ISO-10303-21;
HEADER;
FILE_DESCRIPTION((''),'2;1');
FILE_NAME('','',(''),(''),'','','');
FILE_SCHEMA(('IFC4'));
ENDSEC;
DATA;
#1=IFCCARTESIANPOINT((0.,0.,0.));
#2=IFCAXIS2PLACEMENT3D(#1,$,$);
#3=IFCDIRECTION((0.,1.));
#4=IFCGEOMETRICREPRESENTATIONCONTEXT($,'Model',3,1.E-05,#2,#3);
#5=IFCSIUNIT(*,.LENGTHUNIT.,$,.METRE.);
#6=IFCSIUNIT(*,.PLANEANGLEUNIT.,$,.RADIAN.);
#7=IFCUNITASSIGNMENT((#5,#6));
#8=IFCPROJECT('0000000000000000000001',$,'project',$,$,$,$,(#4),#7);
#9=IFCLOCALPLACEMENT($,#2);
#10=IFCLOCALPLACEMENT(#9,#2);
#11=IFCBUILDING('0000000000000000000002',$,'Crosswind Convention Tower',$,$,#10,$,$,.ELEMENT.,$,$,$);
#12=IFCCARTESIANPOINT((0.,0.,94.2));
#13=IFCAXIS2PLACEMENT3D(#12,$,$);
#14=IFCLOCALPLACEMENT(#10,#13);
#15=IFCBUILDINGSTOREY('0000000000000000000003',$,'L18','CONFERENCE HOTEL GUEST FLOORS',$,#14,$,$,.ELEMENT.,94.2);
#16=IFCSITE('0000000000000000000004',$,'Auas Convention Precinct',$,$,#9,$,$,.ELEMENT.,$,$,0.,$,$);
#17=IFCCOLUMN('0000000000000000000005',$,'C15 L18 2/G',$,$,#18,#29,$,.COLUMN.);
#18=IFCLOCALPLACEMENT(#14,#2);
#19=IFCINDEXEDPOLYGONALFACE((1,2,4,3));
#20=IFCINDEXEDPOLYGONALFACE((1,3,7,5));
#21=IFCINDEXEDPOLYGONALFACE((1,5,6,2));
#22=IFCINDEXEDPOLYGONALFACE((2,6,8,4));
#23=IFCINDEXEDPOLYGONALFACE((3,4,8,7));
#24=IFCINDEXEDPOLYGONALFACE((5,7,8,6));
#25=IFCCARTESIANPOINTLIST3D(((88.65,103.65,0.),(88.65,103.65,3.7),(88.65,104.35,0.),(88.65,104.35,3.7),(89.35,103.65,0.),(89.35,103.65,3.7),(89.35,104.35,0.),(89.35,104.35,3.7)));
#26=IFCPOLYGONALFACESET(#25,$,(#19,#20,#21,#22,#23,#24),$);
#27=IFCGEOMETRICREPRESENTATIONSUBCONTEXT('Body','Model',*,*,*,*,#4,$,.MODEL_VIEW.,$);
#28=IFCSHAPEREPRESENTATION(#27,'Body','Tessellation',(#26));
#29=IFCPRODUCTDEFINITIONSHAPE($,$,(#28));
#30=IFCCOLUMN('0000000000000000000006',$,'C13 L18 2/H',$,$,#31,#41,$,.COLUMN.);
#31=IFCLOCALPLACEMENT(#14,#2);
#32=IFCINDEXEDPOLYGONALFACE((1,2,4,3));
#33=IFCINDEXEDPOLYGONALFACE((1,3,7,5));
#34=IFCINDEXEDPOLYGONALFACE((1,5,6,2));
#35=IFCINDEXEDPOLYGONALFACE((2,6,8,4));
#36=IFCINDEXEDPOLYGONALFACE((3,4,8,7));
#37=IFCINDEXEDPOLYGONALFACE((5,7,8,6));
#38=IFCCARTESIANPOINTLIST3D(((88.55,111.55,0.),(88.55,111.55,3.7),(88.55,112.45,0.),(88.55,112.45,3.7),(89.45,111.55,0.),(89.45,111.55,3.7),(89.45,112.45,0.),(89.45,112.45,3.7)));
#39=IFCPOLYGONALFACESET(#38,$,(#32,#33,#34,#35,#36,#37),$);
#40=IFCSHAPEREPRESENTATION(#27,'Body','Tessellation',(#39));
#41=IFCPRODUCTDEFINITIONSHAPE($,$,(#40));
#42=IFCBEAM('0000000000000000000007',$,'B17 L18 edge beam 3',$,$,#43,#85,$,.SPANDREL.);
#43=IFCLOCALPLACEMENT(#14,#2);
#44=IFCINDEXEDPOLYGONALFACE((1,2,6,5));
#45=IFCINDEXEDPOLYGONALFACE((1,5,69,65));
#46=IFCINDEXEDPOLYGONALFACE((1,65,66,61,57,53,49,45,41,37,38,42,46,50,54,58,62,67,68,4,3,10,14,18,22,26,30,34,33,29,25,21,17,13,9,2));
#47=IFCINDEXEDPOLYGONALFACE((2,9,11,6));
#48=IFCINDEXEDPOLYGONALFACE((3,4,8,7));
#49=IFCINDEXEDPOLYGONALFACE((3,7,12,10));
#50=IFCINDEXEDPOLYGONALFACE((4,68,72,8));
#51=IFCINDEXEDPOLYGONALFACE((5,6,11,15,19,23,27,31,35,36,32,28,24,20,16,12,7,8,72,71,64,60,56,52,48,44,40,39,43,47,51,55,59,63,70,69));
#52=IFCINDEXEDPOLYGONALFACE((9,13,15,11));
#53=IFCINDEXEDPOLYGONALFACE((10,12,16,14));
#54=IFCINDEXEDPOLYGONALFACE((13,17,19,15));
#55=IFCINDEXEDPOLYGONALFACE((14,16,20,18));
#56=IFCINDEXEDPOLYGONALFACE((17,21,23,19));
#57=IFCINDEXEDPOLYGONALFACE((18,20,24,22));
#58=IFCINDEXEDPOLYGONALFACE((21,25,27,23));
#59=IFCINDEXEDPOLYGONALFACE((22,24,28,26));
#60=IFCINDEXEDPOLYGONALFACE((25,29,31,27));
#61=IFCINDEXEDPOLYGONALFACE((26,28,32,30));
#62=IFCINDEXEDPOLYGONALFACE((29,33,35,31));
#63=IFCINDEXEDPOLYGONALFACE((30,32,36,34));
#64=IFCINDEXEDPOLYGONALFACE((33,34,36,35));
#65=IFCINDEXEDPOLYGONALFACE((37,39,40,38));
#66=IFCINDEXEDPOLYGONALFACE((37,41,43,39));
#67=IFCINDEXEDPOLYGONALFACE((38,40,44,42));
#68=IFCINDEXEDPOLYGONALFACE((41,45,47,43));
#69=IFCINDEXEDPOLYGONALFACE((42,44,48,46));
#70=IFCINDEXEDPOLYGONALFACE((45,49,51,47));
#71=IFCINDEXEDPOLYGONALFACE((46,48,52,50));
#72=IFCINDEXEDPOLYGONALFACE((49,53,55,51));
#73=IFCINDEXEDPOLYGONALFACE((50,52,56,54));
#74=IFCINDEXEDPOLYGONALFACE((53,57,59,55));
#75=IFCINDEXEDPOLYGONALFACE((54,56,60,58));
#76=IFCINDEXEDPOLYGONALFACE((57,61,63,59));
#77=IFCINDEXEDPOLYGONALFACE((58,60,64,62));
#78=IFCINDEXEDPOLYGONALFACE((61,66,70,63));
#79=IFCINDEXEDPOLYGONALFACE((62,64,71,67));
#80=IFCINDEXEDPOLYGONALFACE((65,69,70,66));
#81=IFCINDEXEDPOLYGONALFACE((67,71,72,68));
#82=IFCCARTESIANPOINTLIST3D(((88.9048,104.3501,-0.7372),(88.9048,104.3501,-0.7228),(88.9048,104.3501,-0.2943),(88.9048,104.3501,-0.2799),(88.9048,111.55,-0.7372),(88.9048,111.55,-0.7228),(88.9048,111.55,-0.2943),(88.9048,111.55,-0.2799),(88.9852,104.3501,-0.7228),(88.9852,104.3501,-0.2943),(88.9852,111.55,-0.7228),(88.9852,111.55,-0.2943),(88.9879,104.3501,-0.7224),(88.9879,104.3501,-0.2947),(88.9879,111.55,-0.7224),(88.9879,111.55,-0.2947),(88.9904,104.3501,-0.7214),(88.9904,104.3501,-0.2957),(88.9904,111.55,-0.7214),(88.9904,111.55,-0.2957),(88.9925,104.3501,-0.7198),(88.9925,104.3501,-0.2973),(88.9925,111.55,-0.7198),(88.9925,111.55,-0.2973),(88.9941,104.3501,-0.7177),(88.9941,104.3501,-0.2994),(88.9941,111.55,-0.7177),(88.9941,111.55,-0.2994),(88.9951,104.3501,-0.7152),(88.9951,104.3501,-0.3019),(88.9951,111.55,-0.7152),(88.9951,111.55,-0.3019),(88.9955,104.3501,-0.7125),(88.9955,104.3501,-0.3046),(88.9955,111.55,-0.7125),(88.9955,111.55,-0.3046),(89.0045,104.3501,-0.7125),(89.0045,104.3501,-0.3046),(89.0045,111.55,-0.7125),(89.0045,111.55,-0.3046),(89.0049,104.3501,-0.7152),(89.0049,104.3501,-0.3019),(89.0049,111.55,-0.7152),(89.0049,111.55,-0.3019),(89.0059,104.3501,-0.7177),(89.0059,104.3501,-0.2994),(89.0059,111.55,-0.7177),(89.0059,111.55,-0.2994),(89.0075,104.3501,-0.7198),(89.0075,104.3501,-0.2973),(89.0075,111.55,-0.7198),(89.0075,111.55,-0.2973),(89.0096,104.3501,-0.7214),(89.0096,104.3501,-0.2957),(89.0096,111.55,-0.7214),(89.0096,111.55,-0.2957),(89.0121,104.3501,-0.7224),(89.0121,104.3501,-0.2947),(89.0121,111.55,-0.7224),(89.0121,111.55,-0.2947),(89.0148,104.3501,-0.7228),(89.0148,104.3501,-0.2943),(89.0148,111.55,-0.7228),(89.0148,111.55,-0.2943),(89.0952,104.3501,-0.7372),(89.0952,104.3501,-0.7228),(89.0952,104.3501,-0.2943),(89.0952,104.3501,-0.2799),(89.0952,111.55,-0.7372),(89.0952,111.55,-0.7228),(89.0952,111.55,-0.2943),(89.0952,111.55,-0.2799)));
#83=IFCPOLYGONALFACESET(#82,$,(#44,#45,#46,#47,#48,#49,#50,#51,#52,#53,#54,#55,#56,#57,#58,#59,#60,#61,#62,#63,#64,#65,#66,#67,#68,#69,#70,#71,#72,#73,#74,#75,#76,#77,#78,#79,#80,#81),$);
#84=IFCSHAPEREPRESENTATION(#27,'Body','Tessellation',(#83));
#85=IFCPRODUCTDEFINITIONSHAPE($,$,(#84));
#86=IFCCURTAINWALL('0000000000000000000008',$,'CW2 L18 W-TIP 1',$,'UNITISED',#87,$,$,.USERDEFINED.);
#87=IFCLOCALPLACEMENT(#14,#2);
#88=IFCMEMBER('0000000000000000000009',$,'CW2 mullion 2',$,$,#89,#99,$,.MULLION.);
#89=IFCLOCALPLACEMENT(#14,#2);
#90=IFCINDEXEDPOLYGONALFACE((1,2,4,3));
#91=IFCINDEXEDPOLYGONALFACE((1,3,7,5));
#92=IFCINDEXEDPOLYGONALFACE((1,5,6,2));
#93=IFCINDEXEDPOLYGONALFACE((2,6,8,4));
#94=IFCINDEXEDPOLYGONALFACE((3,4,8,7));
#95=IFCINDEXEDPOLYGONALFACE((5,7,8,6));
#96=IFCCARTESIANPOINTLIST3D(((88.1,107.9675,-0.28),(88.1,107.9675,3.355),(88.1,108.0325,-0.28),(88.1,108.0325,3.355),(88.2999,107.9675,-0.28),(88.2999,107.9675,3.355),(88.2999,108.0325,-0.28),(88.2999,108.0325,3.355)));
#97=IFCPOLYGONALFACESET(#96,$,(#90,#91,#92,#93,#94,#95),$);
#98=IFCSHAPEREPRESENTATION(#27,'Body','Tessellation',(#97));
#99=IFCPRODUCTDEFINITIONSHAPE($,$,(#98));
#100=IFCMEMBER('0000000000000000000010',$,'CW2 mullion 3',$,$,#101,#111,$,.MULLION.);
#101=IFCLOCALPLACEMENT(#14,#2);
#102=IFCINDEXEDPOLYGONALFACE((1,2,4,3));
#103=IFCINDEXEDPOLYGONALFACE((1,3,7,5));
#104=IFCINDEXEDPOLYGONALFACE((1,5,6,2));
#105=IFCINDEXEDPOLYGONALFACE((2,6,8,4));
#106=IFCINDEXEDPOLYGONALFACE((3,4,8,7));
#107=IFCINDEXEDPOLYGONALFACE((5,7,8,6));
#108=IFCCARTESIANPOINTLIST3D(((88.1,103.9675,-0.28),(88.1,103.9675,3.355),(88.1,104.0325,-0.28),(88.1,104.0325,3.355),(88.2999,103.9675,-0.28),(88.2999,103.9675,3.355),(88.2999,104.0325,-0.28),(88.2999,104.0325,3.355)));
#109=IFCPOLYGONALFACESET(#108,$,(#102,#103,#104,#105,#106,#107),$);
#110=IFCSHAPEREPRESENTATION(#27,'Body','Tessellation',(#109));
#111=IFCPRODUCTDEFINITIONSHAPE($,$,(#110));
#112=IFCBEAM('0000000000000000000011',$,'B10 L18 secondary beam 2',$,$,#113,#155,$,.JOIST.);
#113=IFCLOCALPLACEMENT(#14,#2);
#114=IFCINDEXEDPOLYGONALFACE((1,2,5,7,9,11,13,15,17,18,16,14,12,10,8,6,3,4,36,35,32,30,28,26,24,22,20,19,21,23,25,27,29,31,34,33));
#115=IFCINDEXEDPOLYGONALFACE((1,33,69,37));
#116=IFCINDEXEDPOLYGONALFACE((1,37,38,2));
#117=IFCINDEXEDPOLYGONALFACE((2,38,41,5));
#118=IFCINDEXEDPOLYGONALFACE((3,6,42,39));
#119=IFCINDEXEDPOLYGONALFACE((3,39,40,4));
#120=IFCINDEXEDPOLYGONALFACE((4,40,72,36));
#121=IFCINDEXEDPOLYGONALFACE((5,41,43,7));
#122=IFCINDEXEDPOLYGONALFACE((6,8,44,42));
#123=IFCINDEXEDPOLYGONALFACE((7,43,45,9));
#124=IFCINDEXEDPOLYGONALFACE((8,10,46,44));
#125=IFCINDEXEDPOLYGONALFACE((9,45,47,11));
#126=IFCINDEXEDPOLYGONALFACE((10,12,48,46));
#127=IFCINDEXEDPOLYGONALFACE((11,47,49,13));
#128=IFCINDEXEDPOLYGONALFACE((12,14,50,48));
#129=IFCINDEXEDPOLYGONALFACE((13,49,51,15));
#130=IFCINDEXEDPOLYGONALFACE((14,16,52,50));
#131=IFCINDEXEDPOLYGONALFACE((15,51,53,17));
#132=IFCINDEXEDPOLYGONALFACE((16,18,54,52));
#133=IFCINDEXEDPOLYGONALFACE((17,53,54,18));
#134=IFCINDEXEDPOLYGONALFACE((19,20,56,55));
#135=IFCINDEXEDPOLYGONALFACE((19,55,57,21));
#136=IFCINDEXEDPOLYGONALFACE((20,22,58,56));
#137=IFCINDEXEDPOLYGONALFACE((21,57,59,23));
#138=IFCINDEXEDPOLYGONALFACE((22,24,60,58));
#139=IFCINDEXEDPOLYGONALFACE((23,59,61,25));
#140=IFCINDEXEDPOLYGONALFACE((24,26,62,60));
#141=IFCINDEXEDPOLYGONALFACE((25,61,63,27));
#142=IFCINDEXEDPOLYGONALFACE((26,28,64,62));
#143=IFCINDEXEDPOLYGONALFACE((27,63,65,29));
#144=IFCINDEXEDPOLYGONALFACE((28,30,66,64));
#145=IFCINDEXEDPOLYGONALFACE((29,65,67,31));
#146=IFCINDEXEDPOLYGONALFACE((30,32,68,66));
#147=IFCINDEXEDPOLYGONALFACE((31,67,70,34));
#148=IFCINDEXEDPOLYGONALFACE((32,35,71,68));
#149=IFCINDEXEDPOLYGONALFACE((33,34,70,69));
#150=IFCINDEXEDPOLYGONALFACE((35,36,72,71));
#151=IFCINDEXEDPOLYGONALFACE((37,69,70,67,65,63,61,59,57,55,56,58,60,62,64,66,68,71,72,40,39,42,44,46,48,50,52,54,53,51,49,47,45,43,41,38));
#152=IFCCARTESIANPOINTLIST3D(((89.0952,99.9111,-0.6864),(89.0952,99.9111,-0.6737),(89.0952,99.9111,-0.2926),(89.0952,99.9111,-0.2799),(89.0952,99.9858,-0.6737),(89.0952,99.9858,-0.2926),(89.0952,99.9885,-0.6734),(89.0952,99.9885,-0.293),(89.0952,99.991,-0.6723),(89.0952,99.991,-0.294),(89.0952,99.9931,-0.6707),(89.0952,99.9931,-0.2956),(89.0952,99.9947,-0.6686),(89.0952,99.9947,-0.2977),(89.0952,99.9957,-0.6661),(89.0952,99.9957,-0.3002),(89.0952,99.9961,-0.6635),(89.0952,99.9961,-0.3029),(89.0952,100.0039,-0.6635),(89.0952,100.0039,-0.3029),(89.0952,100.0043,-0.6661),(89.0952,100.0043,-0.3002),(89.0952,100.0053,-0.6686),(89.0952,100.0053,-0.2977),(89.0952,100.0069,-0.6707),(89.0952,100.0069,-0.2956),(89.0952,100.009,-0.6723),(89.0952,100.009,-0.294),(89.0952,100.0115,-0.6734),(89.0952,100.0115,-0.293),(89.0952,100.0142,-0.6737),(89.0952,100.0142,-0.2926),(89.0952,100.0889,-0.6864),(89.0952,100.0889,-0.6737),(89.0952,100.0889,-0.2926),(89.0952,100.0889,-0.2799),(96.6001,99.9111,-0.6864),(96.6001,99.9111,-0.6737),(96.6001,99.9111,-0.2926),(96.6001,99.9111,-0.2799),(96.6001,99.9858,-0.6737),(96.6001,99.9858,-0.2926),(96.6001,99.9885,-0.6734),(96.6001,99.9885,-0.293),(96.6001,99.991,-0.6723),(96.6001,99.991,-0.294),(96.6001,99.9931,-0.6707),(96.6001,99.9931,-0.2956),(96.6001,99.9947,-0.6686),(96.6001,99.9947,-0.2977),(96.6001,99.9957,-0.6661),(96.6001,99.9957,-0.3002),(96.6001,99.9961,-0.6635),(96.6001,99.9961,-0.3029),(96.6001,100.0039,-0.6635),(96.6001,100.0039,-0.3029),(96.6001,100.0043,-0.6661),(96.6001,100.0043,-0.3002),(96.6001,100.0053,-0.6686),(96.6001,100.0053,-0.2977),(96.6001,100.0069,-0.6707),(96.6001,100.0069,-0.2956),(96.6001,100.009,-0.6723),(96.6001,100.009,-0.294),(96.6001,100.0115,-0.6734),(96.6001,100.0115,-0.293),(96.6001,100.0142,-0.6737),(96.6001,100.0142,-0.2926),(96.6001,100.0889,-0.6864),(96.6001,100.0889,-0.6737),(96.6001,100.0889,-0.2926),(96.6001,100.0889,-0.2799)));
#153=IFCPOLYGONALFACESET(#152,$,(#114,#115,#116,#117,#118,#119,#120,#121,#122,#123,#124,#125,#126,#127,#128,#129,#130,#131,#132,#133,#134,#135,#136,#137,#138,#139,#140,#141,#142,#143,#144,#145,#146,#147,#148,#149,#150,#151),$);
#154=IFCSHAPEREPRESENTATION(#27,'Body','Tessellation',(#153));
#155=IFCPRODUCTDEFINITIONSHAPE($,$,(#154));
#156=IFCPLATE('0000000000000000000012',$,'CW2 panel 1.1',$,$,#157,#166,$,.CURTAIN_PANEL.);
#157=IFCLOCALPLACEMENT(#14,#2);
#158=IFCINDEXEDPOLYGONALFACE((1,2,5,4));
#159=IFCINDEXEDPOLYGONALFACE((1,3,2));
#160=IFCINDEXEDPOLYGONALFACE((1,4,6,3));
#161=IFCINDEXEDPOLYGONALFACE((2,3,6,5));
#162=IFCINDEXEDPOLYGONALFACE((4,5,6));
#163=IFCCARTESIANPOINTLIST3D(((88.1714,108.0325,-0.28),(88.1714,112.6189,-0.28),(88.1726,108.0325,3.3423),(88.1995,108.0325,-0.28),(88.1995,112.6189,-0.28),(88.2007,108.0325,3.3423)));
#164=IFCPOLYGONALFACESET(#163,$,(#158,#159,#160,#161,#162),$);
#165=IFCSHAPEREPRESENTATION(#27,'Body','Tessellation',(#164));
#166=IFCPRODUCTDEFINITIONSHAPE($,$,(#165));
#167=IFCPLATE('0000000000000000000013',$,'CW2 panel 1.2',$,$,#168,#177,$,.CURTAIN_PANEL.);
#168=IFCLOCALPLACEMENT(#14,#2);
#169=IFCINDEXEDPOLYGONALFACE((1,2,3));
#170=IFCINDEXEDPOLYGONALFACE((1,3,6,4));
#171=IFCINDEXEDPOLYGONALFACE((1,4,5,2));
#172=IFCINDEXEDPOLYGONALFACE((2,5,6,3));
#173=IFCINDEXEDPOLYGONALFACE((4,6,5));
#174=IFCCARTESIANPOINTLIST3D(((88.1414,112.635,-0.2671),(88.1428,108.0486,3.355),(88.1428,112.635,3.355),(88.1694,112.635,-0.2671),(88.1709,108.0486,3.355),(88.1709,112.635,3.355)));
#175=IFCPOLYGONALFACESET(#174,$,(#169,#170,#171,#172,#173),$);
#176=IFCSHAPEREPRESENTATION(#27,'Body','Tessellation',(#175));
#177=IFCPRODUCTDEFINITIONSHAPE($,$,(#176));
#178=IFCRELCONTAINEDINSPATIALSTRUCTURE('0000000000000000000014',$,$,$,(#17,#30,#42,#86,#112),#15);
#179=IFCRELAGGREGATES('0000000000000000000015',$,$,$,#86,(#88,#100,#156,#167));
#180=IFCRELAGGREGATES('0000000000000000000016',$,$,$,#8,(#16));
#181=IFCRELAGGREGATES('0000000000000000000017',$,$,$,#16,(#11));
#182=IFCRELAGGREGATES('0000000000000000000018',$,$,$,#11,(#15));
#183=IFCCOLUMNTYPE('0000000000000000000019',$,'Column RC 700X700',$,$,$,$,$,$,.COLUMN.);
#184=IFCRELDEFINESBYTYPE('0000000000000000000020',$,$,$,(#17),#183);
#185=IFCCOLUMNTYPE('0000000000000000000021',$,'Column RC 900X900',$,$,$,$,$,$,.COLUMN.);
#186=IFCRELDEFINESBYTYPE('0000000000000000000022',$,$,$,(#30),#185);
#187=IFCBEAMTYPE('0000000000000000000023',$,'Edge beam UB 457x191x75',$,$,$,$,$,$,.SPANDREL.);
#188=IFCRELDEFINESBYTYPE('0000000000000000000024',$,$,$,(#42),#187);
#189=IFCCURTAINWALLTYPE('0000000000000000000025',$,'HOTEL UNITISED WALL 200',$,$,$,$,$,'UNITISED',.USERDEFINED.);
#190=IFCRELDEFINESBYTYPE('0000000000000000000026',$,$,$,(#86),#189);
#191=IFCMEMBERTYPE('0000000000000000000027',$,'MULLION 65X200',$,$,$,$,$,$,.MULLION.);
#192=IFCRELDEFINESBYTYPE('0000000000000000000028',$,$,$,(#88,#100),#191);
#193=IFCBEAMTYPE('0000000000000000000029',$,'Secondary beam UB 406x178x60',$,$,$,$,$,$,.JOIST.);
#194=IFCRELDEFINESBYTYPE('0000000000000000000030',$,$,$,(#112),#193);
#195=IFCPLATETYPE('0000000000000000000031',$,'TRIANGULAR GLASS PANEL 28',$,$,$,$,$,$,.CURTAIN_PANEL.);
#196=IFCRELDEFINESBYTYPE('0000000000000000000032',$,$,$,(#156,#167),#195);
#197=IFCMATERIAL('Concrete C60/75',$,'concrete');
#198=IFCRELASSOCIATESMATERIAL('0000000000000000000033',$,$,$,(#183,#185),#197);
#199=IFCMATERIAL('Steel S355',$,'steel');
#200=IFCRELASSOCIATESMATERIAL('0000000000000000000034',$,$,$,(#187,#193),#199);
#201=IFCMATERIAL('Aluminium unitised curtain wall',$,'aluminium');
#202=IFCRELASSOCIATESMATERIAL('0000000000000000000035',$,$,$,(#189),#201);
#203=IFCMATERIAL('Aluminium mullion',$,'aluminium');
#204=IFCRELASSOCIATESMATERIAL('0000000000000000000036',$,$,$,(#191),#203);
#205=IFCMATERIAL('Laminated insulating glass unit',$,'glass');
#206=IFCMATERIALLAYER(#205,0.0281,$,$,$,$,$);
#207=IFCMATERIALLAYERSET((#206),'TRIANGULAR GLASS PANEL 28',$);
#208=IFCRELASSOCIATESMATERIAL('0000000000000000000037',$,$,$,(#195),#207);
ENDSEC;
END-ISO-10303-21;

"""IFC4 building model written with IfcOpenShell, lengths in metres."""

from ifc_helpers import new_model, si_unit, direction, frame, origin, origin_2d, place, context, subcontext, project, spatial, polyline, rectangle, i_section, outline, extrude, material, layer, layer_set, material_profile, profile_set, type_object, element, aggregate, save


model = new_model("IFC4")

# Units and contexts
model_context = context("Model", 3, precision=1e-05, world=origin(), true_north=direction((0.0, 1.0)))
body_context = subcontext(model_context, "Body", "Model", "MODEL_VIEW")
ifc_project = project(units=[si_unit("LENGTHUNIT", "METRE"), si_unit("PLANEANGLEUNIT", "RADIAN")], contexts=[model_context])

# Site, building, storey
site_placement = place(None, origin())
site = spatial("IfcSite", under=ifc_project, at=site_placement, Name="Auas Convention Precinct", CompositionType="ELEMENT", RefElevation=0.0)
building_placement = place(site_placement, origin())
building = spatial("IfcBuilding", under=site, at=building_placement, Name="Crosswind Convention Tower", CompositionType="ELEMENT")
storey_placement = place(building_placement, frame((0.0, 0.0, 94.2)))
storey = spatial("IfcBuildingStorey", under=building, at=storey_placement, Name="L18", Description="CONFERENCE HOTEL GUEST FLOORS", CompositionType="ELEMENT", Elevation=94.2)

# Columns
ifc_material_1 = material(Name="Concrete C60/75", Category="concrete")
ifc_material_profile_1 = material_profile(ifc_material_1, rectangle(XDim=0.7, YDim=0.7, at=origin_2d()), Name="RC 700X700")
ifc_profile_set_1 = profile_set([ifc_material_profile_1], Name="Concrete C60/75")
column_type_1 = type_object("IfcColumnType", Name="Column RC 700X700", PredefinedType="COLUMN", material=ifc_profile_set_1)
column_1_placement = place(storey_placement, frame((89.0, 104.0, 0.0), z_axis=(0.0, 0.0, 1.0), x_axis=(1.0, 0.0, 0.0)))
element("IfcColumn", 1, at=column_1_placement, inside=storey, type_object=column_type_1, Name="C15 L18 2/G", PredefinedType="COLUMN", context=body_context, shape_type="SweptSolid", body=[
    extrude(rectangle(XDim=0.7, YDim=0.7, at=origin_2d()), origin(), (0.0, 0.0, 1.0), 3.7),
])
ifc_material_profile_2 = material_profile(ifc_material_1, rectangle(XDim=0.8999, YDim=0.8999, at=origin_2d()), Name="RC 900X900")
ifc_profile_set_2 = profile_set([ifc_material_profile_2], Name="Concrete C60/75")
column_type_2 = type_object("IfcColumnType", Name="Column RC 900X900", PredefinedType="COLUMN", material=ifc_profile_set_2)
column_2_placement = place(storey_placement, frame((89.0, 112.0, 0.0), z_axis=(0.0, 0.0, 1.0), x_axis=(1.0, 0.0, 0.0)))
element("IfcColumn", 2, at=column_2_placement, inside=storey, type_object=column_type_2, Name="C13 L18 2/H", PredefinedType="COLUMN", context=body_context, shape_type="SweptSolid", body=[
    extrude(rectangle(XDim=0.8999, YDim=0.8999, at=origin_2d()), origin(), (0.0, 0.0, 1.0), 3.7),
])

# Beam
ifc_material_2 = material(Name="Steel S355", Category="steel")
ifc_material_profile_3 = material_profile(ifc_material_2, i_section(OverallWidth=0.1904, OverallDepth=0.4573, WebThickness=0.009, FlangeThickness=0.0144, FilletRadius=0.0103, at=origin_2d()), Name="UB 457x191x75")
ifc_profile_set_3 = profile_set([ifc_material_profile_3], Name="Steel S355")
beam_type_1 = type_object("IfcBeamType", Name="Edge beam UB 457x191x75", PredefinedType="SPANDREL", material=ifc_profile_set_3)
beam_1_placement = place(storey_placement, frame((89.0, 104.3501, -0.5085), z_axis=(0.0, 1.0, 0.0), x_axis=(-1.0, 0.0, 0.0)))
element("IfcBeam", 3, at=beam_1_placement, inside=storey, type_object=beam_type_1, Name="B17 L18 edge beam 3", PredefinedType="SPANDREL", context=body_context, shape_type="SweptSolid", body=[
    extrude(i_section(OverallWidth=0.1904, OverallDepth=0.4573, WebThickness=0.009, FlangeThickness=0.0144, FilletRadius=0.0103, at=origin_2d()), origin(), (0.0, 0.0, 1.0), 7.2),
])

# Curtain wall, members
ifc_material_3 = material(Name="Aluminium unitised curtain wall", Category="aluminium")
curtain_wall_type = type_object("IfcCurtainWallType", Name="HOTEL UNITISED WALL 200", ElementType="UNITISED", PredefinedType="USERDEFINED", material=ifc_material_3)
curtain_wall_placement = place(storey_placement, origin())
curtain_wall = element("IfcCurtainWall", 4, at=curtain_wall_placement, inside=storey, type_object=curtain_wall_type, Name="CW2 L18 W-TIP 1", ObjectType="UNITISED", PredefinedType="USERDEFINED")
ifc_material_4 = material(Name="Aluminium mullion", Category="aluminium")
ifc_material_profile_4 = material_profile(ifc_material_4, rectangle(XDim=0.2, YDim=0.0649, at=origin_2d()), Name="AL 200X65")
ifc_profile_set_4 = profile_set([ifc_material_profile_4], Name="Aluminium mullion")
member_type = type_object("IfcMemberType", Name="MULLION 65X200", PredefinedType="MULLION", material=ifc_profile_set_4)
member_1_placement = place(storey_placement, frame((88.2, 108.0, -0.28), z_axis=(0.0, 0.0, 1.0), x_axis=(-1.0, 0.0, 0.0)))
member_1 = element("IfcMember", 5, at=member_1_placement, type_object=member_type, Name="CW2 mullion 2", PredefinedType="MULLION", context=body_context, shape_type="SweptSolid", body=[
    extrude(rectangle(XDim=0.2, YDim=0.0649, at=origin_2d()), origin(), (0.0, 0.0, 1.0), 3.635),
])
member_2_placement = place(storey_placement, frame((88.2, 104.0, -0.28), z_axis=(0.0, 0.0, 1.0), x_axis=(-1.0, 0.0, 0.0)))
member_2 = element("IfcMember", 6, at=member_2_placement, type_object=member_type, Name="CW2 mullion 3", PredefinedType="MULLION", context=body_context, shape_type="SweptSolid", body=[
    extrude(rectangle(XDim=0.2, YDim=0.0649, at=origin_2d()), origin(), (0.0, 0.0, 1.0), 3.635),
])

# Beam
ifc_material_profile_5 = material_profile(ifc_material_2, i_section(OverallWidth=0.1777, OverallDepth=0.4065, WebThickness=0.0078, FlangeThickness=0.0127, FilletRadius=0.0103, at=origin_2d()), Name="UB 406x178x60")
ifc_profile_set_5 = profile_set([ifc_material_profile_5], Name="Steel S355")
beam_type_2 = type_object("IfcBeamType", Name="Secondary beam UB 406x178x60", PredefinedType="JOIST", material=ifc_profile_set_5)
beam_2_placement = place(storey_placement, frame((89.0952, 100.0, -0.4832), z_axis=(1.0, 0.0, 0.0), x_axis=(0.0, 1.0, 0.0)))
element("IfcBeam", 7, at=beam_2_placement, inside=storey, type_object=beam_type_2, Name="B10 L18 secondary beam 2", PredefinedType="JOIST", context=body_context, shape_type="SweptSolid", body=[
    extrude(i_section(OverallWidth=0.1777, OverallDepth=0.4065, WebThickness=0.0078, FlangeThickness=0.0127, FilletRadius=0.0103, at=origin_2d()), origin(), (0.0, 0.0, 1.0), 7.5049),
])

# Plates
ifc_material_5 = material(Name="Laminated insulating glass unit", Category="glass")
ifc_layer_1 = layer(ifc_material_5, 0.0281)
ifc_layer_set_1 = layer_set([ifc_layer_1], Name="TRIANGULAR GLASS PANEL 28")
plate_type = type_object("IfcPlateType", Name="TRIANGULAR GLASS PANEL 28", PredefinedType="CURTAIN_PANEL", material=ifc_layer_set_1)
plate_1_placement = place(storey_placement, frame((88.1714, 108.0325, -0.28), z_axis=(-1.0, 0.0, 0.000337), x_axis=(0.000337, 0.0, 1.0)))
plate_1 = element("IfcPlate", 8, at=plate_1_placement, type_object=plate_type, Name="CW2 panel 1.1", PredefinedType="CURTAIN_PANEL", context=body_context, shape_type="SweptSolid", body=[
    extrude(outline(polyline([(0.0, 0.0), (3.6223, 0.0), (0.0, 4.5864), (0.0, 0.0)])), origin(), (0.0, 0.0, -1.0), 0.0281),
])
plate_2_placement = place(storey_placement, frame((88.1428, 112.635, 3.355), z_axis=(-1.0, 0.0, 0.000404), x_axis=(-0.000404, 0.0, -1.0)))
plate_2 = element("IfcPlate", 9, at=plate_2_placement, type_object=plate_type, Name="CW2 panel 1.2", PredefinedType="CURTAIN_PANEL", context=body_context, shape_type="SweptSolid", body=[
    extrude(outline(polyline([(0.0, 0.0), (3.6221, 0.0), (0.0, 4.5864), (0.0, 0.0)])), origin(), (0.0, 0.0, -1.0), 0.0281),
])

aggregate(curtain_wall, [member_1, member_2, plate_1, plate_2])

save(model, "model.ifc")
